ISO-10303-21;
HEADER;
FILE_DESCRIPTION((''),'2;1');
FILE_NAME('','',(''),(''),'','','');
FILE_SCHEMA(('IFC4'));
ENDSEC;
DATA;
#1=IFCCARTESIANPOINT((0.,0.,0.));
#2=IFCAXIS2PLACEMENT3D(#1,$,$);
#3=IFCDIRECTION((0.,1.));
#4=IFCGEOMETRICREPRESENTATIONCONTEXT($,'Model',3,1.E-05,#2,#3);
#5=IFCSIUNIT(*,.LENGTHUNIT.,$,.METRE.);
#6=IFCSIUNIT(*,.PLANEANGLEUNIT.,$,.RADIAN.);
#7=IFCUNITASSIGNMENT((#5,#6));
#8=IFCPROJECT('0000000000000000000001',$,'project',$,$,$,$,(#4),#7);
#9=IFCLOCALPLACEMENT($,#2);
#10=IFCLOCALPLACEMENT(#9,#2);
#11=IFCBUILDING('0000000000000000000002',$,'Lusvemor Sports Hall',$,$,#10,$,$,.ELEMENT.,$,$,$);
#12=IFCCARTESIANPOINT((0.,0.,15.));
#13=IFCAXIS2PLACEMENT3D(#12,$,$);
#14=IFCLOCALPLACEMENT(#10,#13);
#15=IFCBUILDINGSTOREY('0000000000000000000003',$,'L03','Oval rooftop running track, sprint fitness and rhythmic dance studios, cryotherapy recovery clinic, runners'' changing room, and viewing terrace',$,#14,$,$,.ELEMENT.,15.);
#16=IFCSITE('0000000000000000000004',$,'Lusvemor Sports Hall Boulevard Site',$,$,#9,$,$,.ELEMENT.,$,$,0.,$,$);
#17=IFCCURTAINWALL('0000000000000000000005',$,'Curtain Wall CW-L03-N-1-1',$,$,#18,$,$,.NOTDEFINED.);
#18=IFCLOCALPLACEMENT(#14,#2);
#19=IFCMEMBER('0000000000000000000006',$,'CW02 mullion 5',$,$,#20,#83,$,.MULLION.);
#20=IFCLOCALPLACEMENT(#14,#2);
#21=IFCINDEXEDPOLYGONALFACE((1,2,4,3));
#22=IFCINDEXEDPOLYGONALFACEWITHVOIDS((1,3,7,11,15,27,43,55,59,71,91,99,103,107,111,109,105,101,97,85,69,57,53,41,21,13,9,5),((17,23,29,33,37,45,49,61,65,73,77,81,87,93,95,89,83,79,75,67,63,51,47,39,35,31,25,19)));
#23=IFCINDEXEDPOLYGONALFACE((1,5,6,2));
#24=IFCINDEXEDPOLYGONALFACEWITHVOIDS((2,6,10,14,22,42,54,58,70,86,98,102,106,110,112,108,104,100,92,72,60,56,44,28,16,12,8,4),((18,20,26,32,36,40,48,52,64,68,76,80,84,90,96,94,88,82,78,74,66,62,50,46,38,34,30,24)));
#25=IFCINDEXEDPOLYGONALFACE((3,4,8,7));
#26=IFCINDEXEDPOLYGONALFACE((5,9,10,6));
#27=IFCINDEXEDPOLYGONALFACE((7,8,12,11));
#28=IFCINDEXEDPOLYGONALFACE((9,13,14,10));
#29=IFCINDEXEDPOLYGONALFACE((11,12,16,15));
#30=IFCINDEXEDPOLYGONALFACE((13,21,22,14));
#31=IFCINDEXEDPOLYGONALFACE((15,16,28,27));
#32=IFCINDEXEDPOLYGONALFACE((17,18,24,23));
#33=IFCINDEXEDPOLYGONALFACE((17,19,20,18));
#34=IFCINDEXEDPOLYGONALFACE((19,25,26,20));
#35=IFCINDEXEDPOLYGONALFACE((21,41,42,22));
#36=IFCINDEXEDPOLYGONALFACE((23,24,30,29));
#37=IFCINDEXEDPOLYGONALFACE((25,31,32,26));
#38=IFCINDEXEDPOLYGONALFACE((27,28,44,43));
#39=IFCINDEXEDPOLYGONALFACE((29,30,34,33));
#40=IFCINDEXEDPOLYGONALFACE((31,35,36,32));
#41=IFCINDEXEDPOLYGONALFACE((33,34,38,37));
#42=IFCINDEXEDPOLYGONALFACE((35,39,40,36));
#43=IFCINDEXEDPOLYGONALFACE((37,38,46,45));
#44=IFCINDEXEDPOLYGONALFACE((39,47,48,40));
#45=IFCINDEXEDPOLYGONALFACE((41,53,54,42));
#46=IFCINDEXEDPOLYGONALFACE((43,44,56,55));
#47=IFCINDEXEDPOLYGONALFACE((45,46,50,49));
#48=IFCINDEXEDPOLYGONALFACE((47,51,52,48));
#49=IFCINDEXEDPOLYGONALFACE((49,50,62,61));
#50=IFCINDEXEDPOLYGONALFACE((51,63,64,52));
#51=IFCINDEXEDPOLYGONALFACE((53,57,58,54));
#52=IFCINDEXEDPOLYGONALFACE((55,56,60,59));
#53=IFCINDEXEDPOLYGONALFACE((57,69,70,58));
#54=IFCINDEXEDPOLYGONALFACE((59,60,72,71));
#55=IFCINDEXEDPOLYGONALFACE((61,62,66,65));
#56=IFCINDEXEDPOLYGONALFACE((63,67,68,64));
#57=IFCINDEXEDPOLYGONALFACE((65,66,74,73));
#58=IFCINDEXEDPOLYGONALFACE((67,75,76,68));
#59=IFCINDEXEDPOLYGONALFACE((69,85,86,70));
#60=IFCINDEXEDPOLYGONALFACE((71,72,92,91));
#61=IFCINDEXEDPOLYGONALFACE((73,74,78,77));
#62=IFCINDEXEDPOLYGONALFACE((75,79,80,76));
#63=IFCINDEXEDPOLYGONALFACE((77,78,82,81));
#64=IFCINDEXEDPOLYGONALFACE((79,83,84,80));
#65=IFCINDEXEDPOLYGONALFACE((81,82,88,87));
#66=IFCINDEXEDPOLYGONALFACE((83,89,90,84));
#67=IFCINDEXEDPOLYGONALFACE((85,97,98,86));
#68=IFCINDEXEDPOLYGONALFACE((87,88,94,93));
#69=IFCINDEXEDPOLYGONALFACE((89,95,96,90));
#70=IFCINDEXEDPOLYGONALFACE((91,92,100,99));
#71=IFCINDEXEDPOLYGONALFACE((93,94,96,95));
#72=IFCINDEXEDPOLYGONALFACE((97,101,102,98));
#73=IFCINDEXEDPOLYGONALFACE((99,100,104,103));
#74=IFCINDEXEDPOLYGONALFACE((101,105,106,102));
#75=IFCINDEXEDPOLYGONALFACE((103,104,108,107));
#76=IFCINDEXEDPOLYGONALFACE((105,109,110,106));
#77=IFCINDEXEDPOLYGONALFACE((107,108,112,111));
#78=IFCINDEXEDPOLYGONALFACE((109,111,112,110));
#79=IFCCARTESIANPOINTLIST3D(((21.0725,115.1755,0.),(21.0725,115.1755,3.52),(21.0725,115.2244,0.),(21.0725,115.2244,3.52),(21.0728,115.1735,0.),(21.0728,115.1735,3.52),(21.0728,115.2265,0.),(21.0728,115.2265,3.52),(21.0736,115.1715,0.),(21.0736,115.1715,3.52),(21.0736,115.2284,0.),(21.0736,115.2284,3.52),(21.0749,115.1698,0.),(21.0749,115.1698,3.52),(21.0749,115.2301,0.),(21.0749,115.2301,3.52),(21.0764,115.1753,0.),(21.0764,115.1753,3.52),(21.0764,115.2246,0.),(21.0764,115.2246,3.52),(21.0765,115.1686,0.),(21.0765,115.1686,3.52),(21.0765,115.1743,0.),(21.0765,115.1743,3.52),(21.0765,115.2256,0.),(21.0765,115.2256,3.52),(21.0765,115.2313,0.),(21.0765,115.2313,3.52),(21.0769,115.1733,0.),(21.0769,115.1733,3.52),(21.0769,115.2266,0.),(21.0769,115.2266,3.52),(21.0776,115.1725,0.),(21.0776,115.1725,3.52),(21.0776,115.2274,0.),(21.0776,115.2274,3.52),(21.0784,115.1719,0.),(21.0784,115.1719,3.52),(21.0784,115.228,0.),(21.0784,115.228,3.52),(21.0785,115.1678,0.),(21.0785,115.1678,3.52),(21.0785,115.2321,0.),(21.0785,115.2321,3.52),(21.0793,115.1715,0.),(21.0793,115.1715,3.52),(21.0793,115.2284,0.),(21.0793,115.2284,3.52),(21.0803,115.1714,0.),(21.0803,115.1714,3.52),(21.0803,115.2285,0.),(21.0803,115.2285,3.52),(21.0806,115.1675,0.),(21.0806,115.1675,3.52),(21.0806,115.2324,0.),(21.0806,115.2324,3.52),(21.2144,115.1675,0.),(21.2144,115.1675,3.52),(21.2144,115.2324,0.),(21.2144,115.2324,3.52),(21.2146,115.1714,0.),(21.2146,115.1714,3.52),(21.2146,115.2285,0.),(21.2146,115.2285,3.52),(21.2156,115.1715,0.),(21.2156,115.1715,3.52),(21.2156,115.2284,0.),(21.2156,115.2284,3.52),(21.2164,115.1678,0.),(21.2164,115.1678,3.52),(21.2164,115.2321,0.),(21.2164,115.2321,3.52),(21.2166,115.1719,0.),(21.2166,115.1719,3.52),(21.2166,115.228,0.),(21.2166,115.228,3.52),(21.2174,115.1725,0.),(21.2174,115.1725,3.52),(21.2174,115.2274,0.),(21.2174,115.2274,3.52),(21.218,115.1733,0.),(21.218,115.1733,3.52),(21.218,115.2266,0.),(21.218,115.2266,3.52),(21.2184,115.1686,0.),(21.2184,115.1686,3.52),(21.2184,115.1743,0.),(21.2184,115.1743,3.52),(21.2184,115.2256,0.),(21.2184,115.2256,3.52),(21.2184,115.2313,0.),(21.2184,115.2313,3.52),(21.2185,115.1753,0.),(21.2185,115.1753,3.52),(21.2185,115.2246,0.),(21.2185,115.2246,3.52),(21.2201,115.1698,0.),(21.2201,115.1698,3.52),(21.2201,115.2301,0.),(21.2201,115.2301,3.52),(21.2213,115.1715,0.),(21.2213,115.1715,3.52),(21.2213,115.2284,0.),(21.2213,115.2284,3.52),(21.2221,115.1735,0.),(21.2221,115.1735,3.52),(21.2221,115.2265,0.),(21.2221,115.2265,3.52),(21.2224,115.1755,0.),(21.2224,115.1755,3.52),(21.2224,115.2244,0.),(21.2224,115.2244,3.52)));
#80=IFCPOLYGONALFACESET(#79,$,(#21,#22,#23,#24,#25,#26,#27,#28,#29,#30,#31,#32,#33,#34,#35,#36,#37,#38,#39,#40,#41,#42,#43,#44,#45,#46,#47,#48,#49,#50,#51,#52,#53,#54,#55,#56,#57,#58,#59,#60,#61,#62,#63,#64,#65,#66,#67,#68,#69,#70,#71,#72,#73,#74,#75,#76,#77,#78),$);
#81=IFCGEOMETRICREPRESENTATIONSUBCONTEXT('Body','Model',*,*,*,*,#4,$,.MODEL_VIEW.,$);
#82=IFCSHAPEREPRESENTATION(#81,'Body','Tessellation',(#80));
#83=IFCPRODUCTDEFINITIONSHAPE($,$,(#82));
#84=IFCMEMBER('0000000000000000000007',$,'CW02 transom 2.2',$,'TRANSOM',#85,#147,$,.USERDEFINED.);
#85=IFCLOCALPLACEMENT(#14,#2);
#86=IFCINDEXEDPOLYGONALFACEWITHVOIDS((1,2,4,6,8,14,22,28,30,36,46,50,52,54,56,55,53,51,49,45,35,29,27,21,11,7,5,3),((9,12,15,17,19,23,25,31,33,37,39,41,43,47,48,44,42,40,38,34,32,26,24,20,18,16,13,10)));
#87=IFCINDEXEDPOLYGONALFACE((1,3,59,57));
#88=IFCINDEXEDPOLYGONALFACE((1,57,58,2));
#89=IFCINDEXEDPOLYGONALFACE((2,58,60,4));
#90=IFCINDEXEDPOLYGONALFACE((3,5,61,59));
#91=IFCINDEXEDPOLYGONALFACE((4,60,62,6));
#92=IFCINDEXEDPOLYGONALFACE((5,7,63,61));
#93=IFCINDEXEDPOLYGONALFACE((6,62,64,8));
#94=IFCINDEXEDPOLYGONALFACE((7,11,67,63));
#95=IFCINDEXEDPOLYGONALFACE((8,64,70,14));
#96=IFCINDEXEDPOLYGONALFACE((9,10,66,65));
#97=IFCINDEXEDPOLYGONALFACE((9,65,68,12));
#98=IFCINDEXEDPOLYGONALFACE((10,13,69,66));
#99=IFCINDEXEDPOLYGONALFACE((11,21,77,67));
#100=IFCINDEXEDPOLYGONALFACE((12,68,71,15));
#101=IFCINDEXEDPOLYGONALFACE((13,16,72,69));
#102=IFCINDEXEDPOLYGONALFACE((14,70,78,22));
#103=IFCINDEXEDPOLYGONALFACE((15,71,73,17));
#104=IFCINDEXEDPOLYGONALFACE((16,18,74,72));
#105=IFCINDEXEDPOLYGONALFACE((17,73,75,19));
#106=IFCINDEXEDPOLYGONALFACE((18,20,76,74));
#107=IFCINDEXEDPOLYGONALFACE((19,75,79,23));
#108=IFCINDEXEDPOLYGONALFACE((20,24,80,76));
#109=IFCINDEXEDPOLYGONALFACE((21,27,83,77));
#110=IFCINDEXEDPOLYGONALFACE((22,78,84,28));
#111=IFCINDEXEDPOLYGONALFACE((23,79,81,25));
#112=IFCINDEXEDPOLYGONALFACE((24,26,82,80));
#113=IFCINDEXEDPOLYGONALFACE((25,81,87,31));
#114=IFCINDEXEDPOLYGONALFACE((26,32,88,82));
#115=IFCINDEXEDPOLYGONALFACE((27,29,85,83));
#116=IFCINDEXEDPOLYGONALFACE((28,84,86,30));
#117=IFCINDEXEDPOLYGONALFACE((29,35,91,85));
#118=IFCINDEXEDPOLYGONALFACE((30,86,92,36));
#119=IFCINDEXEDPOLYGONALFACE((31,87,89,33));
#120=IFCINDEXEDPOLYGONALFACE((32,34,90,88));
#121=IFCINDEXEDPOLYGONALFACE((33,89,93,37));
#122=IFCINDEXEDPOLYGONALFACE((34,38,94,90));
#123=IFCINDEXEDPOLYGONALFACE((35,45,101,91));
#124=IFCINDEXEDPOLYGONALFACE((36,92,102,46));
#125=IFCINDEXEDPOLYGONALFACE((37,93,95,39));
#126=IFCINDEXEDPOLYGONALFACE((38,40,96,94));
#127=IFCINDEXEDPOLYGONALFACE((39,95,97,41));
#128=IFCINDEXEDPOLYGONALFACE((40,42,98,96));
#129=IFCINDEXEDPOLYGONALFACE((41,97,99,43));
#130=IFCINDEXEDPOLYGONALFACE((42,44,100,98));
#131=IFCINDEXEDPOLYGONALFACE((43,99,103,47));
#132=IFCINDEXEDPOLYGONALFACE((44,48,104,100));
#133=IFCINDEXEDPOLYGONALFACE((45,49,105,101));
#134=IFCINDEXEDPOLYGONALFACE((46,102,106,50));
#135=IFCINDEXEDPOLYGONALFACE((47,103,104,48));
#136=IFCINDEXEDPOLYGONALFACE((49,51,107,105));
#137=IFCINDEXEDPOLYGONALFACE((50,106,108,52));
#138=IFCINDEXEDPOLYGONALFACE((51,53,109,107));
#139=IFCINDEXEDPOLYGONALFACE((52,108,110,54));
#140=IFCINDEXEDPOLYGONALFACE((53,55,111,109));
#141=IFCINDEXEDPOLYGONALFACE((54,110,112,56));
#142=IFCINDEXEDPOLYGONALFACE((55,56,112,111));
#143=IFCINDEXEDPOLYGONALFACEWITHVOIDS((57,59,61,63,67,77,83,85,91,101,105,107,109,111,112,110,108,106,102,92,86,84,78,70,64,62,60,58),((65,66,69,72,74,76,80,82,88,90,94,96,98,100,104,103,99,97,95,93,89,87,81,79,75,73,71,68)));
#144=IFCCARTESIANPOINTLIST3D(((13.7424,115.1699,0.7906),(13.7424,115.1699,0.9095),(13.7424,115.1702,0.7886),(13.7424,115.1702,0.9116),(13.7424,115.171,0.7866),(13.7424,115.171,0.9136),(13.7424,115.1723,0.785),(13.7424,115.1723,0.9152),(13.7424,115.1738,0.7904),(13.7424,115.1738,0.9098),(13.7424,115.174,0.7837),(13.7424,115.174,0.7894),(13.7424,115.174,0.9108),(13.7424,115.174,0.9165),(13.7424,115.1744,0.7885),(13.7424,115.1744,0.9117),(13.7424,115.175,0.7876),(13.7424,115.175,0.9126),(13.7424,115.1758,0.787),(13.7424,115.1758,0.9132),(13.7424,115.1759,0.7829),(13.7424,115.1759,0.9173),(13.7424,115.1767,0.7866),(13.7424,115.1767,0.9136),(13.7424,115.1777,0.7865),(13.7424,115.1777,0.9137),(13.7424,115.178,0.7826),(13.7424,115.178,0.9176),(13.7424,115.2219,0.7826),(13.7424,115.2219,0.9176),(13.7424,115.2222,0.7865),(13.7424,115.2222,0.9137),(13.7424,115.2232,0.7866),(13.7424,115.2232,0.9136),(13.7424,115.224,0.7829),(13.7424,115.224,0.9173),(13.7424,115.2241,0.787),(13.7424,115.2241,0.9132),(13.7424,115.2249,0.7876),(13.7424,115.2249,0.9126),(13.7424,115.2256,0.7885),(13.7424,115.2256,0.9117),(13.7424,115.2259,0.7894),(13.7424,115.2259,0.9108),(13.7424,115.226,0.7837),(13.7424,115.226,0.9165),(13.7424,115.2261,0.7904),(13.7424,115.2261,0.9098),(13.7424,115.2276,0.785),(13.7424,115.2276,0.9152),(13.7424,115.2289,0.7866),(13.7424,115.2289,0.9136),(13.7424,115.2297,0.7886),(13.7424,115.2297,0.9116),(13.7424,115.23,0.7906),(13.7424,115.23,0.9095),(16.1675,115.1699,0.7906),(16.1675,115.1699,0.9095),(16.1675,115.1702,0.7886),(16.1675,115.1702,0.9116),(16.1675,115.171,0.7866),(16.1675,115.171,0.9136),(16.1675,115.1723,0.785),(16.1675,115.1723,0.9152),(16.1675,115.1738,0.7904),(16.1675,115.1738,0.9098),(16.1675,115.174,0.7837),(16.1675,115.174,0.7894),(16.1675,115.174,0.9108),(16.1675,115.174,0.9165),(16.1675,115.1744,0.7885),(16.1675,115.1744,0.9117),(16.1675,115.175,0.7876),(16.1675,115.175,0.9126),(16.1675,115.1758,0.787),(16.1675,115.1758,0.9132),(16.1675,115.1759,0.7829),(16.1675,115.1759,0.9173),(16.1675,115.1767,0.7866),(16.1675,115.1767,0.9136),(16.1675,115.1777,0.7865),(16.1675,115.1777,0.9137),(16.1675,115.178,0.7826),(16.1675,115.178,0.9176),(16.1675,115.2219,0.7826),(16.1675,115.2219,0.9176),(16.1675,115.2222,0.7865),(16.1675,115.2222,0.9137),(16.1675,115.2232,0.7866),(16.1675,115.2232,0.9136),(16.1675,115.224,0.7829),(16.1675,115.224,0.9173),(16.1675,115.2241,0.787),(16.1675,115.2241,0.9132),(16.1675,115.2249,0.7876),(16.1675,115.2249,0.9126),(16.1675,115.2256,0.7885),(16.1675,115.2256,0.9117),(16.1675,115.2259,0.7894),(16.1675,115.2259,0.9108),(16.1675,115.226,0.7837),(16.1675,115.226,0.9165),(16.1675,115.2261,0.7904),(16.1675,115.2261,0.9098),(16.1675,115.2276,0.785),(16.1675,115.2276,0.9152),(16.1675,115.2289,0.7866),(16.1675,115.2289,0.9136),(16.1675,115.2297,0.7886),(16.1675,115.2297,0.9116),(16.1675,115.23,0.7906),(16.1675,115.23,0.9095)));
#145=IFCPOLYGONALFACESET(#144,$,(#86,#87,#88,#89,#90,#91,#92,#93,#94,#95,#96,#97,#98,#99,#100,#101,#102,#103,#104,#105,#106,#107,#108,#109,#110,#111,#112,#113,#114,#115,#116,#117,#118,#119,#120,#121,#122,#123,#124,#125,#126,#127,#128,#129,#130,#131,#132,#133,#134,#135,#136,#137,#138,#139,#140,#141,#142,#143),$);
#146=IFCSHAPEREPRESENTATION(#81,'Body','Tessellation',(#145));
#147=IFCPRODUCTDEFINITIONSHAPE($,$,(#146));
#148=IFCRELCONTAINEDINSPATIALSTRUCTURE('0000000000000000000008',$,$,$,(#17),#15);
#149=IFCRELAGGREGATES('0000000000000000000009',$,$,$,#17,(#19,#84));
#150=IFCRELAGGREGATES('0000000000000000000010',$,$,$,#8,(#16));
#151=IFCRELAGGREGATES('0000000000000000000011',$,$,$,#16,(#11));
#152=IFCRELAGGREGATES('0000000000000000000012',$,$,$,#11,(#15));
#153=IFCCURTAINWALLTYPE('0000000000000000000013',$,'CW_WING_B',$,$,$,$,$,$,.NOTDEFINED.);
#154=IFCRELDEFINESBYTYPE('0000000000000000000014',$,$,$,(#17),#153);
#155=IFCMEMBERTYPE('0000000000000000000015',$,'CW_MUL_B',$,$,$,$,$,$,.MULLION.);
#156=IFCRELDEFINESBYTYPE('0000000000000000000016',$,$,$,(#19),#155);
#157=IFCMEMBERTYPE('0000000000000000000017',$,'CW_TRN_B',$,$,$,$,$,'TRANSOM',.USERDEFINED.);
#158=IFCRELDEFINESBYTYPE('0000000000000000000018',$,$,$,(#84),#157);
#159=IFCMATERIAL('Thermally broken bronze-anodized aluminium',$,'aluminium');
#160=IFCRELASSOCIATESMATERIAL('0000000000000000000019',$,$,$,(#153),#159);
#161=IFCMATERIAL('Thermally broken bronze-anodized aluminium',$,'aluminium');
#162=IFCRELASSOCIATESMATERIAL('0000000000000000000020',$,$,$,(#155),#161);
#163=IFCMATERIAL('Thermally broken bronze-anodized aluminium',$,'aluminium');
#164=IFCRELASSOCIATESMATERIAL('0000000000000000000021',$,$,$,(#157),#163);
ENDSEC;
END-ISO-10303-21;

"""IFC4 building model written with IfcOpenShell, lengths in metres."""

from ifc_helpers import new_model, si_unit, direction, frame, origin, origin_2d, place, context, subcontext, project, spatial, hollow_rectangle, extrude, material, material_profile, profile_set, type_object, element, aggregate, save


model = new_model("IFC4")

# Units and contexts
model_context = context("Model", 3, precision=1e-05, world=origin(), true_north=direction((0.0, 1.0)))
body_context = subcontext(model_context, "Body", "Model", "MODEL_VIEW")
ifc_project = project(units=[si_unit("LENGTHUNIT", "METRE"), si_unit("PLANEANGLEUNIT", "RADIAN")], contexts=[model_context])

# Site, building, storey
site_placement = place(None, origin())
site = spatial("IfcSite", under=ifc_project, at=site_placement, Name="Lusvemor Sports Hall Boulevard Site", CompositionType="ELEMENT", RefElevation=0.0)
building_placement = place(site_placement, origin())
building = spatial("IfcBuilding", under=site, at=building_placement, Name="Lusvemor Sports Hall", CompositionType="ELEMENT")
storey_placement = place(building_placement, frame((0.0, 0.0, 15.0)))
storey = spatial("IfcBuildingStorey", under=building, at=storey_placement, Name="L03", Description="Oval rooftop running track, sprint fitness and rhythmic dance studios, cryotherapy recovery clinic, runners' changing room, and viewing terrace", CompositionType="ELEMENT", Elevation=15.0)

# Curtain wall, members
ifc_material_1 = material(Name="Thermally broken bronze-anodized aluminium", Category="aluminium")
curtain_wall_type = type_object("IfcCurtainWallType", Name="CW_WING_B", PredefinedType="NOTDEFINED", material=ifc_material_1)
curtain_wall_placement = place(storey_placement, origin())
curtain_wall = element("IfcCurtainWall", 1, at=curtain_wall_placement, inside=storey, type_object=curtain_wall_type, Name="Curtain Wall CW-L03-N-1-1", PredefinedType="NOTDEFINED")
ifc_material_2 = material(Name="Thermally broken bronze-anodized aluminium", Category="aluminium")
ifc_material_profile_1 = material_profile(ifc_material_2, hollow_rectangle(XDim=0.0649, YDim=0.1499, WallThickness=0.0039, InnerFilletRadius=0.0039, OuterFilletRadius=0.0081, at=origin_2d()), Name="CWMUL150x65x4")
ifc_profile_set_1 = profile_set([ifc_material_profile_1], Name="Thermally broken bronze-anodized aluminium")
member_type_1 = type_object("IfcMemberType", Name="CW_MUL_B", PredefinedType="MULLION", material=ifc_profile_set_1)
member_1_placement = place(storey_placement, frame((21.1475, 115.2, 0.0), z_axis=(0.0, 0.0, 1.0), x_axis=(0.0, 1.0, 0.0)))
member_1 = element("IfcMember", 2, at=member_1_placement, type_object=member_type_1, Name="CW02 mullion 5", PredefinedType="MULLION", context=body_context, shape_type="SweptSolid", body=[
    extrude(hollow_rectangle(XDim=0.0649, YDim=0.1499, WallThickness=0.0039, InnerFilletRadius=0.0039, OuterFilletRadius=0.0081, at=origin_2d()), origin(), (0.0, 0.0, 1.0), 3.52),
])
ifc_material_3 = material(Name="Thermally broken bronze-anodized aluminium", Category="aluminium")
ifc_material_profile_2 = material_profile(ifc_material_3, hollow_rectangle(XDim=0.0601, YDim=0.135, WallThickness=0.0039, InnerFilletRadius=0.0039, OuterFilletRadius=0.0081, at=origin_2d()), Name="CWTRN135x60x4")
ifc_profile_set_2 = profile_set([ifc_material_profile_2], Name="Thermally broken bronze-anodized aluminium")
member_type_2 = type_object("IfcMemberType", Name="CW_TRN_B", ElementType="TRANSOM", PredefinedType="USERDEFINED", material=ifc_profile_set_2)
member_2_placement = place(storey_placement, frame((13.7424, 115.2, 0.8501), z_axis=(1.0, 0.0, 0.0), x_axis=(0.0, 1.0, 0.0)))
member_2 = element("IfcMember", 3, at=member_2_placement, type_object=member_type_2, Name="CW02 transom 2.2", ObjectType="TRANSOM", PredefinedType="USERDEFINED", context=body_context, shape_type="SweptSolid", body=[
    extrude(hollow_rectangle(XDim=0.0601, YDim=0.135, WallThickness=0.0039, InnerFilletRadius=0.0039, OuterFilletRadius=0.0081, at=origin_2d()), origin(), (0.0, 0.0, 1.0), 2.425),
])

aggregate(curtain_wall, [member_1, member_2])

save(model, "model.ifc")
